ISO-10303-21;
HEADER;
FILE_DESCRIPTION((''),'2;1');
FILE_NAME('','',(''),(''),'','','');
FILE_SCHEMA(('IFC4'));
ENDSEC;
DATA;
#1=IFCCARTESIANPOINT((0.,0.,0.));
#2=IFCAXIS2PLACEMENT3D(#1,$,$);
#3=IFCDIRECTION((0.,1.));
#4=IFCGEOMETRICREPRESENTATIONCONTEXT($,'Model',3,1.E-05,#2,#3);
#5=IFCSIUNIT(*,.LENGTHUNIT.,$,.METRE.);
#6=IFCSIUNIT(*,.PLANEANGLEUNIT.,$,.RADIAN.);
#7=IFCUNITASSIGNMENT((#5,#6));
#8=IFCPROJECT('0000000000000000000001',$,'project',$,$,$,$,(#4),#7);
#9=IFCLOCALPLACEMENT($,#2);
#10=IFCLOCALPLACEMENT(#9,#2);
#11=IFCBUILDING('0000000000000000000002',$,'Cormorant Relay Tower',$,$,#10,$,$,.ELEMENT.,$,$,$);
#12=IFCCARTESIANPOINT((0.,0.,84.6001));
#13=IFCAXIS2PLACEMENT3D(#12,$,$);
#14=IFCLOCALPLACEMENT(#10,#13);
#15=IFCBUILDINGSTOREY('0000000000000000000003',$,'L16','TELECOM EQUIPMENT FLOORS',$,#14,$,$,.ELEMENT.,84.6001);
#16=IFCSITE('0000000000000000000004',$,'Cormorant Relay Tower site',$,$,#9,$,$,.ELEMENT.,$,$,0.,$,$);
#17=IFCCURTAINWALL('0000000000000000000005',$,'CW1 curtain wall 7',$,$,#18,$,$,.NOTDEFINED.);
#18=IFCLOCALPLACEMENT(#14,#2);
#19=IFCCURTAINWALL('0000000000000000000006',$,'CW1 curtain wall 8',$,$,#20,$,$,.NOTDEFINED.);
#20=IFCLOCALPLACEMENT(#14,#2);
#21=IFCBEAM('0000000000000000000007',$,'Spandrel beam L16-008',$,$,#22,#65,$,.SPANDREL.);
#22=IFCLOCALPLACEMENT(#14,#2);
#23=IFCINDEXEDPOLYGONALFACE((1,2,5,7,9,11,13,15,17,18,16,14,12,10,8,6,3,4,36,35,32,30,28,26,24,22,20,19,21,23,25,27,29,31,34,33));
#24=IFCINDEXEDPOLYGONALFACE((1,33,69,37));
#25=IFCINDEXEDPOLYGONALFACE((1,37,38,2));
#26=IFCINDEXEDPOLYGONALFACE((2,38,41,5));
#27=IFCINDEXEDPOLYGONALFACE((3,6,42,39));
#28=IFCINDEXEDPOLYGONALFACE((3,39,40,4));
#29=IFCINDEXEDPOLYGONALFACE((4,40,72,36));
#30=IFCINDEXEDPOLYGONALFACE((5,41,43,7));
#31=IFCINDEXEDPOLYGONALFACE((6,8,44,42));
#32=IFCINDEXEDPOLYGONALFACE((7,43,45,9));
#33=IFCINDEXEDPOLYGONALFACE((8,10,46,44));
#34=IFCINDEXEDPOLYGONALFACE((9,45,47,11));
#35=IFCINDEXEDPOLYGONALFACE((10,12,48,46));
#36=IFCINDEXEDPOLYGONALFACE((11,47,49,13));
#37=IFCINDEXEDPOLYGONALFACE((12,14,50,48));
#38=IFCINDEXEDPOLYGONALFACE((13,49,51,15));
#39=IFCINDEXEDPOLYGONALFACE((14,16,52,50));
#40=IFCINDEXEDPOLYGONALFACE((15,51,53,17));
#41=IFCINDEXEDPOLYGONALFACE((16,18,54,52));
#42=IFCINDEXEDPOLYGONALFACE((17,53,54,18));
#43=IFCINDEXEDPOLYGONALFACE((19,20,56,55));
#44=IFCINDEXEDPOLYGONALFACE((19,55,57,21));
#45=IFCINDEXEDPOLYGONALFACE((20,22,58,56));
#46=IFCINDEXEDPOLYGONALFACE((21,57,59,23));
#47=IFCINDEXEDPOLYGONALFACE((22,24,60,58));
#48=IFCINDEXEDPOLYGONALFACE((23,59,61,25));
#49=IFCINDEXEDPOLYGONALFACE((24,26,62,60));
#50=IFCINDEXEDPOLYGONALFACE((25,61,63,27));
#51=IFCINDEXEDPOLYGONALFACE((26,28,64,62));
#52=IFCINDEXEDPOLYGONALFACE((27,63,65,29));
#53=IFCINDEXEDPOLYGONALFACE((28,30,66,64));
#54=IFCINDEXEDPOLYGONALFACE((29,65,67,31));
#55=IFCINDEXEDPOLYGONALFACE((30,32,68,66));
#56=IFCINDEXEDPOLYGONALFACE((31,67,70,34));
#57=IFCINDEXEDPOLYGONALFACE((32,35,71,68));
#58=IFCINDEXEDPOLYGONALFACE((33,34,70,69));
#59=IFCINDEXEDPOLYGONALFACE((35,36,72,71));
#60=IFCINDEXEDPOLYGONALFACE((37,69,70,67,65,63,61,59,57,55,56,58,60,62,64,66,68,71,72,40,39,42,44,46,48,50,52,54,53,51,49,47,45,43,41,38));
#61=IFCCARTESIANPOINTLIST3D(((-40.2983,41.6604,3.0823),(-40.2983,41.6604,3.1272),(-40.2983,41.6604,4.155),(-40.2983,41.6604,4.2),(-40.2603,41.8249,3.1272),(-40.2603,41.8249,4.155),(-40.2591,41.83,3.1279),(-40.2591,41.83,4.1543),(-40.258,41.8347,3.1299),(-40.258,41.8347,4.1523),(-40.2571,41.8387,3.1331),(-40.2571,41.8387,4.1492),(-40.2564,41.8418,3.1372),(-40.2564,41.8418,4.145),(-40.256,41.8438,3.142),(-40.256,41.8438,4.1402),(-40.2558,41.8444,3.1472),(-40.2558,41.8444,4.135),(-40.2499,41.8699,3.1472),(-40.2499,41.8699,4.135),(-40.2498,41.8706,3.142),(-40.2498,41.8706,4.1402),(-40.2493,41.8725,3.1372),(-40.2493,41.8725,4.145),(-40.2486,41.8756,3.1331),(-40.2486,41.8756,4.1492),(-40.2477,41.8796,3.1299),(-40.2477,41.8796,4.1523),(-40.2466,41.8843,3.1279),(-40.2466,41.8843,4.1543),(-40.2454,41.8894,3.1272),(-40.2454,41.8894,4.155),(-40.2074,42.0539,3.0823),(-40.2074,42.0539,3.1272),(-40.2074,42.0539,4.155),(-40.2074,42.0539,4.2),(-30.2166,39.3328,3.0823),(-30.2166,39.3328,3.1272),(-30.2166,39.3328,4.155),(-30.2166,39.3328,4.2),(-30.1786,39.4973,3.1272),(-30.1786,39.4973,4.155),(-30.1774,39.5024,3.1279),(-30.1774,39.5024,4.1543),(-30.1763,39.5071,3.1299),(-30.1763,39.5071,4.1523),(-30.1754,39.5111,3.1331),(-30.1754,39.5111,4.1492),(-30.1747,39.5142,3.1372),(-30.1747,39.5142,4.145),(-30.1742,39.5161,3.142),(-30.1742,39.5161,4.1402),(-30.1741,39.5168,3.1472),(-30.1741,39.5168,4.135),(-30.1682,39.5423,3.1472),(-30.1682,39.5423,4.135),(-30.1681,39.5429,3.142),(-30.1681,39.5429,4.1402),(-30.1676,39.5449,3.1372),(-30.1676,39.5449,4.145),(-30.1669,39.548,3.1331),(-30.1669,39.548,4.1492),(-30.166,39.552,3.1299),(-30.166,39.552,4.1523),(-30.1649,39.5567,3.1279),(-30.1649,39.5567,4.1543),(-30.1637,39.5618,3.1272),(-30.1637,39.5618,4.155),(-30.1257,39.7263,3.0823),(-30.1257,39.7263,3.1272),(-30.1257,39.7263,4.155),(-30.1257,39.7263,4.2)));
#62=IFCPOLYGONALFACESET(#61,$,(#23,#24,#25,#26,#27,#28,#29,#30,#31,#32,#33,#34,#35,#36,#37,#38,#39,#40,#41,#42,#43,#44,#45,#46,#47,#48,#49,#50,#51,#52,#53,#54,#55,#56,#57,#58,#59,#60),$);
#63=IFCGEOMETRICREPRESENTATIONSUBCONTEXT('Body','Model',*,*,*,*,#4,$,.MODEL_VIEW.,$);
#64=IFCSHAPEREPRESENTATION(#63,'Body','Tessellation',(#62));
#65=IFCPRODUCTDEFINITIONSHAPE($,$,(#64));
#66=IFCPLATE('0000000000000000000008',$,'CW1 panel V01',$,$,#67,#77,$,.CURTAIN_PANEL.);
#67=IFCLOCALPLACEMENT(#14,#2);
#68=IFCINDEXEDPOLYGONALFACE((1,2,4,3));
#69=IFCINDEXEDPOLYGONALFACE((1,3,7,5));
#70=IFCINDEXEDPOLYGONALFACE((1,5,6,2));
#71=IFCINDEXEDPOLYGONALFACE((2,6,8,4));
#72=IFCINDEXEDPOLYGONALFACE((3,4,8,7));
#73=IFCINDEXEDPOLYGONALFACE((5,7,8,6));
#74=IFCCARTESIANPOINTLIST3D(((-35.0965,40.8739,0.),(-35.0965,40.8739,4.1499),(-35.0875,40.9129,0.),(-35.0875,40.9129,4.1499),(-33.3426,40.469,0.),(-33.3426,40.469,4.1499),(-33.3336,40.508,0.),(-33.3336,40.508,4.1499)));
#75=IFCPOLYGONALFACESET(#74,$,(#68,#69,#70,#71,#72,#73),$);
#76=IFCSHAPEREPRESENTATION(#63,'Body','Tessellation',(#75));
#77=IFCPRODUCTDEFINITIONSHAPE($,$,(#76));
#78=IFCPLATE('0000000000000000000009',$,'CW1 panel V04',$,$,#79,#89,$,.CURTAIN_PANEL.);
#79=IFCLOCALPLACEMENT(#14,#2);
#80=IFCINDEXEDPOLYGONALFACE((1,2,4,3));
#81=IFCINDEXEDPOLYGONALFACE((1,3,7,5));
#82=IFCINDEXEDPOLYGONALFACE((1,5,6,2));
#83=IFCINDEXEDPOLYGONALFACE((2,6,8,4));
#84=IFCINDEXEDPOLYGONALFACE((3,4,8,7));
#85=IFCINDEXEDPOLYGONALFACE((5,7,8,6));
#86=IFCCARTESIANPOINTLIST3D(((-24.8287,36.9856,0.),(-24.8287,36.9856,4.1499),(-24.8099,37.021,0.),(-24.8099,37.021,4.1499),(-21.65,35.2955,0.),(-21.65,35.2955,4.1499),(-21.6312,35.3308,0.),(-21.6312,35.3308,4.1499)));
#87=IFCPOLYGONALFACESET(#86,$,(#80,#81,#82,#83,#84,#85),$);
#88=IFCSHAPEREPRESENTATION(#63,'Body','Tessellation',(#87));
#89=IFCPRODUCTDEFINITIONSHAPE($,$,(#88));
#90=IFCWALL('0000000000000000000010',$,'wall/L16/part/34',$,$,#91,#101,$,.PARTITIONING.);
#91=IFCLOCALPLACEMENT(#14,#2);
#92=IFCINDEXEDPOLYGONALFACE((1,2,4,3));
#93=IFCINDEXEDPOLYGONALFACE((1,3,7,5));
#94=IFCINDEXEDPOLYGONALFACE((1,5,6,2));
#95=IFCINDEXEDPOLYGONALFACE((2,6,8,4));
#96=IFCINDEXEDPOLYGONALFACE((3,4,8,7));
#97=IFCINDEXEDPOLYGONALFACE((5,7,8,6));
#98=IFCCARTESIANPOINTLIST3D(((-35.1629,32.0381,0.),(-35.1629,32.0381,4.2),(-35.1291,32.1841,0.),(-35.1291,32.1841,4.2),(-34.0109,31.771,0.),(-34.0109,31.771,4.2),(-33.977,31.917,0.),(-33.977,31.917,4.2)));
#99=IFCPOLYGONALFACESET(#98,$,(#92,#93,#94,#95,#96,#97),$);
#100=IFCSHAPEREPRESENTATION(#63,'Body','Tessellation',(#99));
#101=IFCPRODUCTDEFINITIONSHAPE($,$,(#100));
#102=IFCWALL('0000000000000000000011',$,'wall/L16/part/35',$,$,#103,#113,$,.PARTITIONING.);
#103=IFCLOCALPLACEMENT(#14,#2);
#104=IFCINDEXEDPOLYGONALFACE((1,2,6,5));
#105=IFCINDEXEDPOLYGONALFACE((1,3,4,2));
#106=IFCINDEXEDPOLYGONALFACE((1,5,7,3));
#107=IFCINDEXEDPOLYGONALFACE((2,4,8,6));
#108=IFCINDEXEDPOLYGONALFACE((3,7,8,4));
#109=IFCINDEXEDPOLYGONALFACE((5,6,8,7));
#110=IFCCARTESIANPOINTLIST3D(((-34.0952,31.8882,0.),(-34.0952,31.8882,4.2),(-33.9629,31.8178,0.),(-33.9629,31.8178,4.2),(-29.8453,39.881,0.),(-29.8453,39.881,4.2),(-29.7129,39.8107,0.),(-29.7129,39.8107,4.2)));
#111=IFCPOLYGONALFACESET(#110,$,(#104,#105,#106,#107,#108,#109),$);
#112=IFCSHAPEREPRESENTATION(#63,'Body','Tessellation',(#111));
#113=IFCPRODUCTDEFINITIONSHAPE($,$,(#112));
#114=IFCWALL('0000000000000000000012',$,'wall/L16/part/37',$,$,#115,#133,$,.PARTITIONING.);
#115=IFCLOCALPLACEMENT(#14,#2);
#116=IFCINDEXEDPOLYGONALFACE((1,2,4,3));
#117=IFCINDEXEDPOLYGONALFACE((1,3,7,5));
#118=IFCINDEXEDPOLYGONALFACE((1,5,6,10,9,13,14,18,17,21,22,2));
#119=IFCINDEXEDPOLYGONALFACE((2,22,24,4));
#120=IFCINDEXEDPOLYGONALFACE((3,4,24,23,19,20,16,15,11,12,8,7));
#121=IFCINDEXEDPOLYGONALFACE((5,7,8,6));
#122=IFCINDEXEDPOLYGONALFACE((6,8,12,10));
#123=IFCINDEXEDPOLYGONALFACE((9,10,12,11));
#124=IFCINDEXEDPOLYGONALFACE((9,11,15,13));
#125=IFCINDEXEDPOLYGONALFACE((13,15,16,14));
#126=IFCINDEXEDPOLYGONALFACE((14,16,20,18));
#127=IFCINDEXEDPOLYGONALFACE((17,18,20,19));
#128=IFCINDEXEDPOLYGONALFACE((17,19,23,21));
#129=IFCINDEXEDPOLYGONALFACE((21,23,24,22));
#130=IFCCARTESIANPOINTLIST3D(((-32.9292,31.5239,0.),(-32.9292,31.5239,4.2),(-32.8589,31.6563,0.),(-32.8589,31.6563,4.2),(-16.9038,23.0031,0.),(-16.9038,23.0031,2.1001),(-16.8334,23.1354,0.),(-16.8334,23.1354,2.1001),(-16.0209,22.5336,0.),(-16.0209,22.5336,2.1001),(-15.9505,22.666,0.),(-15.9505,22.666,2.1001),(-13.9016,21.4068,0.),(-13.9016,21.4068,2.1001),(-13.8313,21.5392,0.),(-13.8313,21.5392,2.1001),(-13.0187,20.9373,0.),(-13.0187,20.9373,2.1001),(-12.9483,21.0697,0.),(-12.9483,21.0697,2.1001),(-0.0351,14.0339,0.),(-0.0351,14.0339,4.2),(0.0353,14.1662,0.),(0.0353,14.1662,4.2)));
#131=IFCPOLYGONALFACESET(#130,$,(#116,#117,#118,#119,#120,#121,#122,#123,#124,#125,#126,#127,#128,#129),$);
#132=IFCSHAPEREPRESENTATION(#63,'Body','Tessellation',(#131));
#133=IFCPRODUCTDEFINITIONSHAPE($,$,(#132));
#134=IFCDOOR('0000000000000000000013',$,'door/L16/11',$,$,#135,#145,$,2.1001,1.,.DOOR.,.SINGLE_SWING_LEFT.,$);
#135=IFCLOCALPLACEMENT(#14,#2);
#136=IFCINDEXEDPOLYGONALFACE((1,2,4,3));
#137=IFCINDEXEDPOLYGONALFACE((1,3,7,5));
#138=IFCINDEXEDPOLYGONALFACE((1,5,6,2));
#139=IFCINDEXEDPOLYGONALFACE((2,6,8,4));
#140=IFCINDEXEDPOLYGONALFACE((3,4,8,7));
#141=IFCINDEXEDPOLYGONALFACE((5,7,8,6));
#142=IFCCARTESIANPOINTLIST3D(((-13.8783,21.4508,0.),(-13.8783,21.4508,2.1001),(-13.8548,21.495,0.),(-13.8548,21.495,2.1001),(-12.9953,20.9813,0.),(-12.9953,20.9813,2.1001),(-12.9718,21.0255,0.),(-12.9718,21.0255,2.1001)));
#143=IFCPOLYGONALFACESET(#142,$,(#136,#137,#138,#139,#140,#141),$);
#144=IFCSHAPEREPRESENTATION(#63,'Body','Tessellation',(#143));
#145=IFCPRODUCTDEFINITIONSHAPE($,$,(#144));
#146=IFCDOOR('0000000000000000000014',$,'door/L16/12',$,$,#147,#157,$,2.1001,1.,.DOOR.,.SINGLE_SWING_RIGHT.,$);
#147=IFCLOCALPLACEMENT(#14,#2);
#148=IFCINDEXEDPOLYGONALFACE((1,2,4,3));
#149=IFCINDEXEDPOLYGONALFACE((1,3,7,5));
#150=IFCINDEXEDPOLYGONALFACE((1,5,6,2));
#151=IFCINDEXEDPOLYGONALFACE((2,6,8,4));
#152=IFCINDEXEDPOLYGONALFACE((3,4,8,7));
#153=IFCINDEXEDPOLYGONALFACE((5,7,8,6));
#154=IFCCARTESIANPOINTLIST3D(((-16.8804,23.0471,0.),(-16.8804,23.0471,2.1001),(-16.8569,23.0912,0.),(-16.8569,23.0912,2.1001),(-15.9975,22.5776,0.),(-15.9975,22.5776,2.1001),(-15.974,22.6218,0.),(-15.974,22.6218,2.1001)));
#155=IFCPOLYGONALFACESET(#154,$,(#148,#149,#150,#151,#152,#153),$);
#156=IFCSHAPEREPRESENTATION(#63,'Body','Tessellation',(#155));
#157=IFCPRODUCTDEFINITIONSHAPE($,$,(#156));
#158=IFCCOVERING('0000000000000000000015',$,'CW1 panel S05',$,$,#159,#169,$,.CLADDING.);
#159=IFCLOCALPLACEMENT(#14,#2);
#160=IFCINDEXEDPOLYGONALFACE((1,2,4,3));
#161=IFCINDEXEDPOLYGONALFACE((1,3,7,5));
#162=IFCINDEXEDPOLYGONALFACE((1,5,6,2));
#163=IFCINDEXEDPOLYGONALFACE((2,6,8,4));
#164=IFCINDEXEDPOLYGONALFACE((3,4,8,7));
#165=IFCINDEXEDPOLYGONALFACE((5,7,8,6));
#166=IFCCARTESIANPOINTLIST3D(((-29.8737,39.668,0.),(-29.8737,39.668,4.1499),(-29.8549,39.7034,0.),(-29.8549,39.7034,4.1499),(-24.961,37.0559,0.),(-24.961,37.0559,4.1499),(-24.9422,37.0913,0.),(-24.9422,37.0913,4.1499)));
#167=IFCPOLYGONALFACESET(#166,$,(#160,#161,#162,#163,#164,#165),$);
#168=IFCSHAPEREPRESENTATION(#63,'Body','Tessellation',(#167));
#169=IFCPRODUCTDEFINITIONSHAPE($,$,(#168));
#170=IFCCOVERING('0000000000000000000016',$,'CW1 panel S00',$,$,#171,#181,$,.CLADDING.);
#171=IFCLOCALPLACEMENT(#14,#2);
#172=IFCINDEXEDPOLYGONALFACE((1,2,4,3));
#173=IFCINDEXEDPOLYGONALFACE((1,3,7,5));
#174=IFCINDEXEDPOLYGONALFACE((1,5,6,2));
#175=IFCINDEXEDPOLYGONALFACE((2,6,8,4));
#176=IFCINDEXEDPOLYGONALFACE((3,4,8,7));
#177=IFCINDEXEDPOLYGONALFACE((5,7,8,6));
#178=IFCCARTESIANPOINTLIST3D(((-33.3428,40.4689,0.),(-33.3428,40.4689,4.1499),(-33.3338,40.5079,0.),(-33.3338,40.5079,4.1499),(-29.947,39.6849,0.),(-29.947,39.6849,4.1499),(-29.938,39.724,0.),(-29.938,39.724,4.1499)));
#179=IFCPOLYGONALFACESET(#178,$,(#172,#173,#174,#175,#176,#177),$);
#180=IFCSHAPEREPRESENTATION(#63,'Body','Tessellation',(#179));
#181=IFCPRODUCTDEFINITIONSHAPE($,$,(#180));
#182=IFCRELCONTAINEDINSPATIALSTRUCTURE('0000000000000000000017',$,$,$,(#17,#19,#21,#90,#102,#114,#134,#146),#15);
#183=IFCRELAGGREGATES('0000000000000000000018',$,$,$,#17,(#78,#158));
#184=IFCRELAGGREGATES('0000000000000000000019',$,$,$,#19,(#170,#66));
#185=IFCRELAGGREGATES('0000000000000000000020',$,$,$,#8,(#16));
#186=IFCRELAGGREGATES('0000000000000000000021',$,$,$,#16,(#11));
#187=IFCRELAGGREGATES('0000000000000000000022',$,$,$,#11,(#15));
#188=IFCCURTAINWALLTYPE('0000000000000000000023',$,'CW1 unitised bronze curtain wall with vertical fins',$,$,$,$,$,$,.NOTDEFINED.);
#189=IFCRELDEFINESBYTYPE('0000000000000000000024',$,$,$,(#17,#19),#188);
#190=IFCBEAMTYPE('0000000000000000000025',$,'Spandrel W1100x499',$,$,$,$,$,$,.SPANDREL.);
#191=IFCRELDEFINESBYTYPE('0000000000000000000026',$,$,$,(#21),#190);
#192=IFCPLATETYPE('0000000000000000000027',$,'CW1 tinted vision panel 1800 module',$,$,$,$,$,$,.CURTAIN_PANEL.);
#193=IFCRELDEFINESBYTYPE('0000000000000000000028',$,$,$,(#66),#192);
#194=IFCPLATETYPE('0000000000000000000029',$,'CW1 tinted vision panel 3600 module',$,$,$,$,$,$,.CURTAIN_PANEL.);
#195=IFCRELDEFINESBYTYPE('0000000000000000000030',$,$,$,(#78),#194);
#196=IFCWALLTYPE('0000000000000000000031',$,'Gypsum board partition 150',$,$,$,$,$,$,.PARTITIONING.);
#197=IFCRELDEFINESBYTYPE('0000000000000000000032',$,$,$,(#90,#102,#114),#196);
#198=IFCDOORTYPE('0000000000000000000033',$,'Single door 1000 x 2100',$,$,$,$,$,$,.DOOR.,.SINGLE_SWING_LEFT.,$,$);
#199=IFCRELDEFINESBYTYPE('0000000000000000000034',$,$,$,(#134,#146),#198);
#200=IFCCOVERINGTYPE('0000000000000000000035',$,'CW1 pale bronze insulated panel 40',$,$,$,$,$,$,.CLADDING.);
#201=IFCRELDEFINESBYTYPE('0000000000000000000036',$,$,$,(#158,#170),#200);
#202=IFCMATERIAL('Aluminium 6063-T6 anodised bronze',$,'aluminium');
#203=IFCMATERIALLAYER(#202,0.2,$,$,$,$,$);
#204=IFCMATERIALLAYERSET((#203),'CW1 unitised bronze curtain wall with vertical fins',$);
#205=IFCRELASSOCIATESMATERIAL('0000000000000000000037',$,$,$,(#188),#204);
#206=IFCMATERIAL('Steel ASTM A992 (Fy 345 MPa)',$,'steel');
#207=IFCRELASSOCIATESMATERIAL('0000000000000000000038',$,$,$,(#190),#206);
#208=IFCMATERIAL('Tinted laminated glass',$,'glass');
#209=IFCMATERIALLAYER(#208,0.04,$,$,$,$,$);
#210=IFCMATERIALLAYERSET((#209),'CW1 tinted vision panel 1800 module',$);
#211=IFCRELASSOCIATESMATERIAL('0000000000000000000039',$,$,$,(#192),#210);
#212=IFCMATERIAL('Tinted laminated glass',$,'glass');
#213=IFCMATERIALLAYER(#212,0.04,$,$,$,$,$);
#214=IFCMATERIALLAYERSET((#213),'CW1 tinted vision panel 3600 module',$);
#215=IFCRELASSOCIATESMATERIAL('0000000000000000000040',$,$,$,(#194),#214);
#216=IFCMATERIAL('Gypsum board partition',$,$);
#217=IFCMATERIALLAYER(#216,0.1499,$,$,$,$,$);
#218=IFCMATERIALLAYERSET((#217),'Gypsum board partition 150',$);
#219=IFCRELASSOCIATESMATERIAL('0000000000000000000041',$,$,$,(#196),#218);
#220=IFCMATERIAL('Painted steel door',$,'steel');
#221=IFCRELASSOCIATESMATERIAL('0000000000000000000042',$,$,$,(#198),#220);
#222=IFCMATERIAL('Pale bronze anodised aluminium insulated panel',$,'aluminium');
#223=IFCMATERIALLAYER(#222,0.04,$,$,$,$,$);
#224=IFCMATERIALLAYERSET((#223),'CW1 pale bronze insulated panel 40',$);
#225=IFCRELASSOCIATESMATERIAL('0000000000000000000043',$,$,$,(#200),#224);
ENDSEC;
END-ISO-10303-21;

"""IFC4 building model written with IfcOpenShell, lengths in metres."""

from ifc_helpers import new_model, si_unit, direction, frame, frame_2d, origin, origin_2d, place, context, subcontext, project, spatial, rectangle, i_section, extrude, material, layer, layer_set, material_profile, profile_set, type_object, element, fill, aggregate, save


model = new_model("IFC4")

# Units and contexts
model_context = context("Model", 3, precision=1e-05, world=origin(), true_north=direction((0.0, 1.0)))
body_context = subcontext(model_context, "Body", "Model", "MODEL_VIEW")
ifc_project = project(units=[si_unit("LENGTHUNIT", "METRE"), si_unit("PLANEANGLEUNIT", "RADIAN")], contexts=[model_context])

# Site, building, storey
site_placement = place(None, origin())
site = spatial("IfcSite", under=ifc_project, at=site_placement, Name="Cormorant Relay Tower site", CompositionType="ELEMENT", RefElevation=0.0)
building_placement = place(site_placement, origin())
building = spatial("IfcBuilding", under=site, at=building_placement, Name="Cormorant Relay Tower", CompositionType="ELEMENT")
storey_placement = place(building_placement, frame((0.0, 0.0, 84.6001)))
storey = spatial("IfcBuildingStorey", under=building, at=storey_placement, Name="L16", Description="TELECOM EQUIPMENT FLOORS", CompositionType="ELEMENT", Elevation=84.6001)

# Curtain wall
ifc_material_1 = material(Name="Aluminium 6063-T6 anodised bronze", Category="aluminium")
ifc_layer_1 = layer(ifc_material_1, 0.2)
ifc_layer_set_1 = layer_set([ifc_layer_1], Name="CW1 unitised bronze curtain wall with vertical fins")
curtain_wall_type = type_object("IfcCurtainWallType", Name="CW1 unitised bronze curtain wall with vertical fins", PredefinedType="NOTDEFINED", material=ifc_layer_set_1)
curtain_wall_1_placement = place(storey_placement, origin())
curtain_wall_1 = element("IfcCurtainWall", 1, at=curtain_wall_1_placement, inside=storey, type_object=curtain_wall_type, Name="CW1 curtain wall 7", PredefinedType="NOTDEFINED")

# Curtain wall
curtain_wall_2_placement = place(storey_placement, origin())
curtain_wall_2 = element("IfcCurtainWall", 2, at=curtain_wall_2_placement, inside=storey, type_object=curtain_wall_type, Name="CW1 curtain wall 8", PredefinedType="NOTDEFINED")

# Beam
ifc_material_2 = material(Name="Steel ASTM A992 (Fy 345 MPa)", Category="steel")
ifc_material_profile_1 = material_profile(ifc_material_2, i_section(OverallWidth=0.4038, OverallDepth=1.1177, WebThickness=0.0261, FlangeThickness=0.0449, FilletRadius=0.02, at=origin_2d()), Name="W1100x499")
ifc_profile_set_1 = profile_set([ifc_material_profile_1], Name="Steel ASTM A992 (Fy 345 MPa)")
beam_type = type_object("IfcBeamType", Name="Spandrel W1100x499", PredefinedType="SPANDREL", material=ifc_profile_set_1)
beam_placement = place(storey_placement, frame((-30.1711, 39.5295, 3.6411), z_axis=(-0.974369, 0.224958, 0.0), x_axis=(-0.224958, -0.974369, 0.0)))
element("IfcBeam", 3, at=beam_placement, inside=storey, type_object=beam_type, Name="Spandrel beam L16-008", PredefinedType="SPANDREL", context=body_context, shape_type="SweptSolid", body=[
    extrude(i_section(OverallWidth=0.4038, OverallDepth=1.1177, WebThickness=0.0261, FlangeThickness=0.0449, FilletRadius=0.02, at=origin_2d()), origin(), (0.0, 0.0, 1.0), 10.3469),
])

# Plates
ifc_material_3 = material(Name="Tinted laminated glass", Category="glass")
ifc_layer_2 = layer(ifc_material_3, 0.04)
ifc_layer_set_2 = layer_set([ifc_layer_2], Name="CW1 tinted vision panel 1800 module")
plate_type_1 = type_object("IfcPlateType", Name="CW1 tinted vision panel 1800 module", PredefinedType="CURTAIN_PANEL", material=ifc_layer_set_2)
plate_1_placement = place(storey_placement, frame((-34.2151, 40.6909, 0.0), z_axis=(0.0, 0.0, 1.0), x_axis=(-0.97437, 0.224951, 0.0)))
plate_1 = element("IfcPlate", 4, at=plate_1_placement, type_object=plate_type_1, Name="CW1 panel V01", PredefinedType="CURTAIN_PANEL", context=body_context, shape_type="SweptSolid", body=[
    extrude(rectangle(XDim=1.8, YDim=0.04, at=origin_2d()), origin(), (0.0, 0.0, 1.0), 4.1499),
])
ifc_material_4 = material(Name="Tinted laminated glass", Category="glass")
ifc_layer_3 = layer(ifc_material_4, 0.04)
ifc_layer_set_3 = layer_set([ifc_layer_3], Name="CW1 tinted vision panel 3600 module")
plate_type_2 = type_object("IfcPlateType", Name="CW1 tinted vision panel 3600 module", PredefinedType="CURTAIN_PANEL", material=ifc_layer_set_3)
plate_2_placement = place(storey_placement, frame((-23.23, 36.1582, 0.0), z_axis=(0.0, 0.0, 1.0), x_axis=(-0.882948, 0.469472, 0.0)))
plate_2 = element("IfcPlate", 5, at=plate_2_placement, type_object=plate_type_2, Name="CW1 panel V04", PredefinedType="CURTAIN_PANEL", context=body_context, shape_type="SweptSolid", body=[
    extrude(rectangle(XDim=3.6001, YDim=0.04, at=origin_2d()), origin(), (0.0, 0.0, 1.0), 4.1499),
])

# Walls
ifc_material_5 = material(Name="Gypsum board partition")
ifc_layer_4 = layer(ifc_material_5, 0.1499)
ifc_layer_set_4 = layer_set([ifc_layer_4], Name="Gypsum board partition 150")
wall_type = type_object("IfcWallType", Name="Gypsum board partition 150", PredefinedType="PARTITIONING", material=ifc_layer_set_4)
wall_1_placement = place(storey_placement, frame((-35.146, 32.1111, 0.0), z_axis=(0.0, 0.0, 1.0), x_axis=(0.974165, -0.225839, 0.0)))
element("IfcWall", 6, at=wall_1_placement, inside=storey, type_object=wall_type, Name="wall/L16/part/34", PredefinedType="PARTITIONING", context=body_context, shape_type="SweptSolid", body=[
    extrude(rectangle(XDim=1.1826, YDim=0.1499, at=frame_2d((0.5913, 0.0))), origin(), (0.0, 0.0, 1.0), 4.2),
])
wall_2_placement = place(storey_placement, frame((-29.7791, 39.8459, 0.0), z_axis=(0.0, 0.0, 1.0), x_axis=(-0.469479, -0.882944, 0.0)))
element("IfcWall", 7, at=wall_2_placement, inside=storey, type_object=wall_type, Name="wall/L16/part/35", PredefinedType="PARTITIONING", context=body_context, shape_type="SweptSolid", body=[
    extrude(rectangle(XDim=9.0525, YDim=0.1499, at=frame_2d((4.5264, 0.0))), origin(), (0.0, 0.0, 1.0), 4.2),
])

# Wall, openings, doors
wall_3_placement = place(storey_placement, frame((-32.894, 31.5901, 0.0), z_axis=(0.0, 0.0, 1.0), x_axis=(0.882949, -0.46947, 0.0)))
wall_3 = element("IfcWall", 8, at=wall_3_placement, inside=storey, type_object=wall_type, Name="wall/L16/part/37", PredefinedType="PARTITIONING", context=body_context, shape_type="SweptSolid", body=[
    extrude(rectangle(XDim=37.2549, YDim=0.1499, at=frame_2d((18.6274, 0.0))), origin(), (0.0, 0.0, 1.0), 4.2),
])
opening_1_placement = place(wall_3_placement, frame((21.55, 0.0, 0.0)))
opening_1 = element("IfcOpeningElement", 9, at=opening_1_placement, cuts=wall_3, PredefinedType="OPENING", context=body_context, shape_type="SweptSolid", body=[
    extrude(rectangle(XDim=1.0, YDim=2.1001, at=frame_2d((0.5, 1.05))), frame((0.0, 0.085, 0.0), z_axis=(0.0, -1.0, 0.0), x_axis=(1.0, 0.0, 0.0)), (0.0, 0.0, 1.0), 0.1699),
])
opening_2_placement = place(wall_3_placement, frame((18.1499, 0.0, 0.0)))
opening_2 = element("IfcOpeningElement", 10, at=opening_2_placement, cuts=wall_3, PredefinedType="OPENING", context=body_context, shape_type="SweptSolid", body=[
    extrude(rectangle(XDim=1.0, YDim=2.1001, at=frame_2d((0.5, 1.05))), frame((0.0, 0.085, 0.0), z_axis=(0.0, -1.0, 0.0), x_axis=(1.0, 0.0, 0.0)), (0.0, 0.0, 1.0), 0.1699),
])
ifc_material_6 = material(Name="Painted steel door", Category="steel")
door_type = type_object("IfcDoorType", Name="Single door 1000 x 2100", OperationType="SINGLE_SWING_LEFT", PredefinedType="DOOR", material=ifc_material_6)
door_1_placement = place(opening_1_placement, origin())
door_1 = element("IfcDoor", 11, at=door_1_placement, inside=storey, type_object=door_type, Name="door/L16/11", OperationType="SINGLE_SWING_LEFT", OverallHeight=2.1001, OverallWidth=1.0, PredefinedType="DOOR", context=body_context, shape_type="SweptSolid", body=[
    extrude(rectangle(XDim=1.0, YDim=2.1001, at=frame_2d((0.5, 1.05))), frame((0.0, 0.0249, 0.0), z_axis=(0.0, -1.0, 0.0), x_axis=(1.0, 0.0, 0.0)), (0.0, 0.0, 1.0), 0.05),
])
fill(opening_1, door_1)
door_2_placement = place(opening_2_placement, origin())
door_2 = element("IfcDoor", 12, at=door_2_placement, inside=storey, type_object=door_type, Name="door/L16/12", OperationType="SINGLE_SWING_RIGHT", OverallHeight=2.1001, OverallWidth=1.0, PredefinedType="DOOR", context=body_context, shape_type="SweptSolid", body=[
    extrude(rectangle(XDim=1.0, YDim=2.1001, at=frame_2d((0.5, 1.05))), frame((0.0, 0.0249, 0.0), z_axis=(0.0, -1.0, 0.0), x_axis=(1.0, 0.0, 0.0)), (0.0, 0.0, 1.0), 0.05),
])
fill(opening_2, door_2)

# Coverings
ifc_material_7 = material(Name="Pale bronze anodised aluminium insulated panel", Category="aluminium")
ifc_layer_5 = layer(ifc_material_7, 0.04)
ifc_layer_set_5 = layer_set([ifc_layer_5], Name="CW1 pale bronze insulated panel 40")
covering_type = type_object("IfcCoveringType", Name="CW1 pale bronze insulated panel 40", PredefinedType="CLADDING", material=ifc_layer_set_5)
covering_1_placement = place(storey_placement, frame((-27.408, 38.3796, 0.0), z_axis=(0.0, 0.0, 1.0), x_axis=(-0.882948, 0.469472, 0.0)))
covering_1 = element("IfcCovering", 13, at=covering_1_placement, type_object=covering_type, Name="CW1 panel S05", PredefinedType="CLADDING", context=body_context, shape_type="SweptSolid", body=[
    extrude(rectangle(XDim=5.564, YDim=0.04, at=origin_2d()), origin(), (0.0, 0.0, 1.0), 4.1499),
])
aggregate(curtain_wall_1, [plate_2, covering_1])
covering_2_placement = place(storey_placement, frame((-31.6404, 40.0964, 0.0), z_axis=(0.0, 0.0, 1.0), x_axis=(-0.97437, 0.224951, 0.0)))
covering_2 = element("IfcCovering", 14, at=covering_2_placement, type_object=covering_type, Name="CW1 panel S00", PredefinedType="CLADDING", context=body_context, shape_type="SweptSolid", body=[
    extrude(rectangle(XDim=3.4851, YDim=0.04, at=origin_2d()), origin(), (0.0, 0.0, 1.0), 4.1499),
])
aggregate(curtain_wall_2, [covering_2, plate_1])

save(model, "model.ifc")
